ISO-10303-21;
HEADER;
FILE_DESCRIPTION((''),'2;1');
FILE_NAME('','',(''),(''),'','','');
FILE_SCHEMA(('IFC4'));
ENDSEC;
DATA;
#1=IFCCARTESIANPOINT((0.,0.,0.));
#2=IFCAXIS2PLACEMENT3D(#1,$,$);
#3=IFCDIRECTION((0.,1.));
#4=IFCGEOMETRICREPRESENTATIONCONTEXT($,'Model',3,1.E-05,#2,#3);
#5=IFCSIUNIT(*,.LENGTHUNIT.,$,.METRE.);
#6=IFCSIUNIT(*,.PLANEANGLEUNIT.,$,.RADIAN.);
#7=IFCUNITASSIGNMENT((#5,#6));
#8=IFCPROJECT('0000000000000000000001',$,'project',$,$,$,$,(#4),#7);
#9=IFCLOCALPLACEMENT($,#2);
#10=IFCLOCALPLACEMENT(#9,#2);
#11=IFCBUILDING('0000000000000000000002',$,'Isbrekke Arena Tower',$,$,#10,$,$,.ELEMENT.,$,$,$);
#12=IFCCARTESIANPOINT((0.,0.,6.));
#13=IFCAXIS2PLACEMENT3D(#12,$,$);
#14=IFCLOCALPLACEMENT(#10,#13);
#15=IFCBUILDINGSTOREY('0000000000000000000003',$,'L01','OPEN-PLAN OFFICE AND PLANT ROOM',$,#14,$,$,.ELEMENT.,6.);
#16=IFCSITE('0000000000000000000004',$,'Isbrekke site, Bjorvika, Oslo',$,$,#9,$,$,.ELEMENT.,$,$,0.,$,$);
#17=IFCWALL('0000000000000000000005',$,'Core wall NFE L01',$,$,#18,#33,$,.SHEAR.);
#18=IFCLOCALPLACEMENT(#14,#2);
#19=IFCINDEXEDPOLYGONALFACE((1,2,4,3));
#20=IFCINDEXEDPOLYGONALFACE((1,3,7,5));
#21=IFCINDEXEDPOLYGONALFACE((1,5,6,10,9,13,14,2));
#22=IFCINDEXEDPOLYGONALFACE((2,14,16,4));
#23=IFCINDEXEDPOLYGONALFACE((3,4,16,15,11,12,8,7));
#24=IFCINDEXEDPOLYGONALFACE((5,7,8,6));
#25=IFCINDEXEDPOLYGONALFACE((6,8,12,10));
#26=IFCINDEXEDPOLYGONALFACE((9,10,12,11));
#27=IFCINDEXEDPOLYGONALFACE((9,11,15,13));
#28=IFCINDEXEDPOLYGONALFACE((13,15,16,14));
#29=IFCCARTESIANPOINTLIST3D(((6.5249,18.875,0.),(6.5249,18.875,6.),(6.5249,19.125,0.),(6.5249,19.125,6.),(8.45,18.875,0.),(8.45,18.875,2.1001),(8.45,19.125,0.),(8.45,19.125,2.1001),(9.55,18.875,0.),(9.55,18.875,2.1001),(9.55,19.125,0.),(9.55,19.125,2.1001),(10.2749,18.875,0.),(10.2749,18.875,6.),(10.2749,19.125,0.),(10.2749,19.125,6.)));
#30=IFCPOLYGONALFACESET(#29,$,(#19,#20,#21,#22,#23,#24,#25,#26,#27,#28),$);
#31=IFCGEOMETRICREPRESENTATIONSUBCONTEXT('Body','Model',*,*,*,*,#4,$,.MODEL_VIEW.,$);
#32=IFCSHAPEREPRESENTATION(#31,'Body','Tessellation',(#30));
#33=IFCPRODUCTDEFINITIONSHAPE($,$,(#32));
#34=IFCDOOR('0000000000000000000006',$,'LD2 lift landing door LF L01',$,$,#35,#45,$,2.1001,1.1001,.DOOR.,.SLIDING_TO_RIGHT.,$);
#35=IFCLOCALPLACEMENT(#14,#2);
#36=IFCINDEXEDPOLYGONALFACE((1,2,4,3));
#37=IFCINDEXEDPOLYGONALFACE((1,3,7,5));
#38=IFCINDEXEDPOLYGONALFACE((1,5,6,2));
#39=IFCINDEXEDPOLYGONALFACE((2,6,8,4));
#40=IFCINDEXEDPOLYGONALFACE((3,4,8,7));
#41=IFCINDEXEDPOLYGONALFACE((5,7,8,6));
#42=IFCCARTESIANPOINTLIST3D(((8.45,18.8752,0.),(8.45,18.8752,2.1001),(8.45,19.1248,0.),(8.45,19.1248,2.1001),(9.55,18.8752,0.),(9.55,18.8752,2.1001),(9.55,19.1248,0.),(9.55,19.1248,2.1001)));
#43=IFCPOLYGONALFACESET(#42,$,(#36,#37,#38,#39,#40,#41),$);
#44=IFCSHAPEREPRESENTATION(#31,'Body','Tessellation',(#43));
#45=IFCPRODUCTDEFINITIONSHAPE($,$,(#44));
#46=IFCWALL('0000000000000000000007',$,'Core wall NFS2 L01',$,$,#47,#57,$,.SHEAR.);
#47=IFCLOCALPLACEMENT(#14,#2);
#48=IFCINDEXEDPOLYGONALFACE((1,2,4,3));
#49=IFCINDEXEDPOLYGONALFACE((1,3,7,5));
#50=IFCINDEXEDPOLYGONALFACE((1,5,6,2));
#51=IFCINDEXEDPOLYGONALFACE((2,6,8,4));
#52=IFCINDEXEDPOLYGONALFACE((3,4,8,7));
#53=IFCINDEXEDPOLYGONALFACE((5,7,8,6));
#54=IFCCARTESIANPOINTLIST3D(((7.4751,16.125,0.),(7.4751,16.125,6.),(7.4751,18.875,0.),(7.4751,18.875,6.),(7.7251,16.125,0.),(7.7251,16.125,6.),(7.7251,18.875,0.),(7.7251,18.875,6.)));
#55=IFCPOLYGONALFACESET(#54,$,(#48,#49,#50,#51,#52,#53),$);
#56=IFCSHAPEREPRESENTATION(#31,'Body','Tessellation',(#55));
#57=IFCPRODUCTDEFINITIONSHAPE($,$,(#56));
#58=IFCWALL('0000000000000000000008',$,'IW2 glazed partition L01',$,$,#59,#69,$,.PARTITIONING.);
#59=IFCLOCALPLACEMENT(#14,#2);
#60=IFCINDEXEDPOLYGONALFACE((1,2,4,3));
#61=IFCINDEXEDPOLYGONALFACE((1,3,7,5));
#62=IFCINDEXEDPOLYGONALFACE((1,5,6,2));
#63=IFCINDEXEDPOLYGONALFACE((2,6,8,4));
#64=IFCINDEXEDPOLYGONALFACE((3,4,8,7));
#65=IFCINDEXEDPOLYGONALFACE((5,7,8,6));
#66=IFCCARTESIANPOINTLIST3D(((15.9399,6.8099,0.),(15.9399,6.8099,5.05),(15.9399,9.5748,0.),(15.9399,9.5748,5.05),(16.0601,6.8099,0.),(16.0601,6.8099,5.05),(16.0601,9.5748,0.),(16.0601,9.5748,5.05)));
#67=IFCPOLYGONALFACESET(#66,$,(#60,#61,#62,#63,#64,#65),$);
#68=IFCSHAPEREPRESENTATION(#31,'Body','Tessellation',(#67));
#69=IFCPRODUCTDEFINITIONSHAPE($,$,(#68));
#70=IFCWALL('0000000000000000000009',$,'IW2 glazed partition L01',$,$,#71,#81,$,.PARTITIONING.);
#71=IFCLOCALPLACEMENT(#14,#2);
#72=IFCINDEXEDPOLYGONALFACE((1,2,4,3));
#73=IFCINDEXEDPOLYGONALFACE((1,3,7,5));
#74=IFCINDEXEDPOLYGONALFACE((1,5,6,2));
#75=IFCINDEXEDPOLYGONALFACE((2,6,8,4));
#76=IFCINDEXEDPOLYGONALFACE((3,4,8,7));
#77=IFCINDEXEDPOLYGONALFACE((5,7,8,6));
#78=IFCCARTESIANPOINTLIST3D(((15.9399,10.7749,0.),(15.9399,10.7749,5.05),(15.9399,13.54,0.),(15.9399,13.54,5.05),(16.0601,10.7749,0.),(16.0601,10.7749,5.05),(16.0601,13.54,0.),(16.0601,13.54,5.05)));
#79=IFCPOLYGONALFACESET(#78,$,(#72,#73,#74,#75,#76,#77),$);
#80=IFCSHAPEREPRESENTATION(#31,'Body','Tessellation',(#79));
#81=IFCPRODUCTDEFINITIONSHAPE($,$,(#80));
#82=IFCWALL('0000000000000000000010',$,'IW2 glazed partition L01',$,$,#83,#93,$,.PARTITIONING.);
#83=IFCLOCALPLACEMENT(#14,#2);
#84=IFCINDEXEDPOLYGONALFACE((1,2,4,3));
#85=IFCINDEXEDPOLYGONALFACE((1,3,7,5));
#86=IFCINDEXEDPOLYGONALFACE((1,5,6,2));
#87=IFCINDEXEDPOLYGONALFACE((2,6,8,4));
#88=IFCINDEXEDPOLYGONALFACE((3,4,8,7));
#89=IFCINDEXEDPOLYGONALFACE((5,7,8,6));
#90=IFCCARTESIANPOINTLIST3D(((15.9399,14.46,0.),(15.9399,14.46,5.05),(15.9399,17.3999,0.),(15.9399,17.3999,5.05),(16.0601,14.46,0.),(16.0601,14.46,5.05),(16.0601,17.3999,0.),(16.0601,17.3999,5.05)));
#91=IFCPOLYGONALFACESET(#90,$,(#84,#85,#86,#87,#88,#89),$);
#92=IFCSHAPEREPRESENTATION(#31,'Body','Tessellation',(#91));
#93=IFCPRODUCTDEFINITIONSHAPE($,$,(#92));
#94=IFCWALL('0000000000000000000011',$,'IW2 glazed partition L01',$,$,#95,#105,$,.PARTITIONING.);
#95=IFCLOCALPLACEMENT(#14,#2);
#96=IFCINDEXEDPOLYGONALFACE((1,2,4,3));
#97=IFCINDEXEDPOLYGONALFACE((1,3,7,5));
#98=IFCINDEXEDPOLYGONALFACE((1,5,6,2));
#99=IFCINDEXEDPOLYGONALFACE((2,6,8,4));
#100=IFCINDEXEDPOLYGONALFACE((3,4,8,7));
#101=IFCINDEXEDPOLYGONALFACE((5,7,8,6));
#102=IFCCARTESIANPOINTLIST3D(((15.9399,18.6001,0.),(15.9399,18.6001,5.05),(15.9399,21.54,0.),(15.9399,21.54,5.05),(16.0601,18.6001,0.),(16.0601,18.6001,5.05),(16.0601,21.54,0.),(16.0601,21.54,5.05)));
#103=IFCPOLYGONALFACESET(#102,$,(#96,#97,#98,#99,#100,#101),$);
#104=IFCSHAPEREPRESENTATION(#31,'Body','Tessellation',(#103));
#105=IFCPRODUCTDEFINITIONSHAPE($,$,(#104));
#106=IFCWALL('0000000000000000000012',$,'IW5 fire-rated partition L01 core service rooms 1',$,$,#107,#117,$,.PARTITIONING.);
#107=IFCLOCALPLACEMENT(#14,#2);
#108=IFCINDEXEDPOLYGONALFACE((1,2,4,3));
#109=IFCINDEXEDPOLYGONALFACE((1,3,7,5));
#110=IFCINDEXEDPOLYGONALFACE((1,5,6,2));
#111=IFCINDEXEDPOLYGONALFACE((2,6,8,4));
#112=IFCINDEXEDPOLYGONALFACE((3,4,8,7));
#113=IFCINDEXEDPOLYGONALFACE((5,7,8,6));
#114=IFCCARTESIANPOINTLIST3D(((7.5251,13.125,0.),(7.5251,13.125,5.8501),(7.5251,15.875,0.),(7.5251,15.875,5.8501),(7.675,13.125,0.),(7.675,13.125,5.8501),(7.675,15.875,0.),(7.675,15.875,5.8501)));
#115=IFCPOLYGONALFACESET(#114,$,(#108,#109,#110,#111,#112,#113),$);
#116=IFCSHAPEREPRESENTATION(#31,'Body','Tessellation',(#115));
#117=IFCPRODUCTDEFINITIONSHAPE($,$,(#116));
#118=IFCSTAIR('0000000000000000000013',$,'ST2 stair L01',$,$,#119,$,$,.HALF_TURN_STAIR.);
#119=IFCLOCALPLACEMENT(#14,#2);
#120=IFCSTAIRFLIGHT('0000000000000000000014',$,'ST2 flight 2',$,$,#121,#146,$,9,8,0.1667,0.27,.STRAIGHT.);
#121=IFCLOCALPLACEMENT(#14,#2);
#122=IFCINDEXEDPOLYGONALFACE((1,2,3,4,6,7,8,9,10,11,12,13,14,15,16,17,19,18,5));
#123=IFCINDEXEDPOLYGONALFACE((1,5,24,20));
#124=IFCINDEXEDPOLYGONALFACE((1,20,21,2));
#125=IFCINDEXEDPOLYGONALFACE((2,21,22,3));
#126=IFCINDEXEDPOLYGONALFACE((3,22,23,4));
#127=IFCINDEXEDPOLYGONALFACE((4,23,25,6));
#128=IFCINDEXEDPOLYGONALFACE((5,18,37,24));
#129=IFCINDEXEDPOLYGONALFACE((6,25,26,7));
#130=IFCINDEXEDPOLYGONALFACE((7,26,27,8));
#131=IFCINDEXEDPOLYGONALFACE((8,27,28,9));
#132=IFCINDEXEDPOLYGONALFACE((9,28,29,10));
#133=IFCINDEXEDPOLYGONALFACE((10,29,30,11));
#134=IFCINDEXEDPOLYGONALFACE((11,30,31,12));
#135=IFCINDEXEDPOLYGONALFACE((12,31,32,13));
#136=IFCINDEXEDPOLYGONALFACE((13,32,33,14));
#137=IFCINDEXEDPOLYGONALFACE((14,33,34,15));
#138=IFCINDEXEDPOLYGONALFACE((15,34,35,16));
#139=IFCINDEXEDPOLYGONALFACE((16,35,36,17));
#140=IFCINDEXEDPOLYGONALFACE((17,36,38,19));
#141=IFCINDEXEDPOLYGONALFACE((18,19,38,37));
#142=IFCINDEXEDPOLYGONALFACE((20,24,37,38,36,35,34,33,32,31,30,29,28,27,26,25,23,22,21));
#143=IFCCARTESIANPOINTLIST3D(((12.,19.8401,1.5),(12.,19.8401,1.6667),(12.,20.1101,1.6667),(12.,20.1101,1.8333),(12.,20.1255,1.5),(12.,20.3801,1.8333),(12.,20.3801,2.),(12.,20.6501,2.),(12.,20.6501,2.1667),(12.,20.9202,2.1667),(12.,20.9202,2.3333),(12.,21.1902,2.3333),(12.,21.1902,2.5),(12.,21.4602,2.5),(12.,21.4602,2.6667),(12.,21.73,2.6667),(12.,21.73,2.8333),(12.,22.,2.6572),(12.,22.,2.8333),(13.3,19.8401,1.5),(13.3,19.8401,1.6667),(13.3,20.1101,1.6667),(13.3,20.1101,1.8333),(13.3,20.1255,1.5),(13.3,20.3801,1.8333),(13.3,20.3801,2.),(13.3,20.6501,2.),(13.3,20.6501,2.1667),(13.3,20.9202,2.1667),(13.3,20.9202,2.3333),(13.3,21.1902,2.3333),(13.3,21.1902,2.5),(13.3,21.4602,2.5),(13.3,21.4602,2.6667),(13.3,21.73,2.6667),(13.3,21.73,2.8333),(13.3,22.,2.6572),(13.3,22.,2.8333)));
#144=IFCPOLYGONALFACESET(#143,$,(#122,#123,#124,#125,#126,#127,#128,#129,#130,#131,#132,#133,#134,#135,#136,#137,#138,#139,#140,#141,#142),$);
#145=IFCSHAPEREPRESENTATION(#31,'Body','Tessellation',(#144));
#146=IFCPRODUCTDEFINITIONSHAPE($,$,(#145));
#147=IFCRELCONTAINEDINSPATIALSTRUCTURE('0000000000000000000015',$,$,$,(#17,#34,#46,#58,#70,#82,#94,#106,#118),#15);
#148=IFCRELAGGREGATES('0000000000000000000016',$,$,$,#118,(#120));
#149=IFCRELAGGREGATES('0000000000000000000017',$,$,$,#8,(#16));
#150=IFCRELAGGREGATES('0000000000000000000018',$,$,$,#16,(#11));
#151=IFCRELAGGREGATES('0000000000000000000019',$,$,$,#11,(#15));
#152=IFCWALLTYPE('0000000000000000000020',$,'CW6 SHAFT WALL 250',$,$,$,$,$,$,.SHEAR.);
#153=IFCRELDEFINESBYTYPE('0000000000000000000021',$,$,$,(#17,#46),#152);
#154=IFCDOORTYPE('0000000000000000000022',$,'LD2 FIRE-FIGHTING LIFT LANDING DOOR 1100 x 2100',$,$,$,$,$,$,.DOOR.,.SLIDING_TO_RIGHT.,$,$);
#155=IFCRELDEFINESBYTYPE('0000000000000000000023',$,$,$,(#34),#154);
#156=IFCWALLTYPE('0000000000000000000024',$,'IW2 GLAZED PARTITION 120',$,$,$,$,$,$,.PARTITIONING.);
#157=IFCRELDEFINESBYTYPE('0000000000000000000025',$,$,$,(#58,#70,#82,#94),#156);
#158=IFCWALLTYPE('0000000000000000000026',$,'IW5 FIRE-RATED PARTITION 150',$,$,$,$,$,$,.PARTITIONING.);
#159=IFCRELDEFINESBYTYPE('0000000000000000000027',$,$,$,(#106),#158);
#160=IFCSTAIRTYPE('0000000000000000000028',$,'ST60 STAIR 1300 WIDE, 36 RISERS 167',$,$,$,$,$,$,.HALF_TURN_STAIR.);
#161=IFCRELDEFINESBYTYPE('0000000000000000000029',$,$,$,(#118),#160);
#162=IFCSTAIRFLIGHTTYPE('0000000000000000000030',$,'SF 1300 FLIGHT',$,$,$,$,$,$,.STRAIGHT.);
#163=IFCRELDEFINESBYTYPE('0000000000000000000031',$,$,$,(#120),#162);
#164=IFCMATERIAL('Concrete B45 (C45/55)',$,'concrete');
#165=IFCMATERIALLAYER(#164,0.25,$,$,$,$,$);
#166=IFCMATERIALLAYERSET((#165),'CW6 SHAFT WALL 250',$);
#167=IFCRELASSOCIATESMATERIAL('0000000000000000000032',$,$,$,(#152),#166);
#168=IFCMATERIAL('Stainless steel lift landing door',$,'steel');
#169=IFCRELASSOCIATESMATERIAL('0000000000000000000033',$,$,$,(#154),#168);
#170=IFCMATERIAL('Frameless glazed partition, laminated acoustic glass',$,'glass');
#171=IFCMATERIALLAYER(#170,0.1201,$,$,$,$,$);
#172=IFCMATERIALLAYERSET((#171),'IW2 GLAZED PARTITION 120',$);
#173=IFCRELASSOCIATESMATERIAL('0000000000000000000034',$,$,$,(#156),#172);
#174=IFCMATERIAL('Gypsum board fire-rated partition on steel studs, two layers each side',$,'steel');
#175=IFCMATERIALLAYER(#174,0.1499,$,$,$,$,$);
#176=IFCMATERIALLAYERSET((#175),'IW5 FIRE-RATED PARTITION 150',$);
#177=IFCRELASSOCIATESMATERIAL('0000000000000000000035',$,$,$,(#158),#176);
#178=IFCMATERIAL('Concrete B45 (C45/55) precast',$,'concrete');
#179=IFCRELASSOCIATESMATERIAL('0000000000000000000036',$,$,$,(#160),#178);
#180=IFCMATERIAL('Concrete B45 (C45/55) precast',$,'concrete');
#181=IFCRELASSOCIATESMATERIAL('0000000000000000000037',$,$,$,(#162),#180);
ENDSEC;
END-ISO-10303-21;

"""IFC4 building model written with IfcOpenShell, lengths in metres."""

from ifc_helpers import new_model, si_unit, direction, frame, frame_2d, origin, place, context, subcontext, project, spatial, polyline, rectangle, outline, extrude, material, layer, layer_set, type_object, element, fill, aggregate, save


model = new_model("IFC4")

# Units and contexts
model_context = context("Model", 3, precision=1e-05, world=origin(), true_north=direction((0.0, 1.0)))
body_context = subcontext(model_context, "Body", "Model", "MODEL_VIEW")
ifc_project = project(units=[si_unit("LENGTHUNIT", "METRE"), si_unit("PLANEANGLEUNIT", "RADIAN")], contexts=[model_context])

# Site, building, storey
site_placement = place(None, origin())
site = spatial("IfcSite", under=ifc_project, at=site_placement, Name="Isbrekke site, Bjorvika, Oslo", CompositionType="ELEMENT", RefElevation=0.0)
building_placement = place(site_placement, origin())
building = spatial("IfcBuilding", under=site, at=building_placement, Name="Isbrekke Arena Tower", CompositionType="ELEMENT")
storey_placement = place(building_placement, frame((0.0, 0.0, 6.0)))
storey = spatial("IfcBuildingStorey", under=building, at=storey_placement, Name="L01", Description="OPEN-PLAN OFFICE AND PLANT ROOM", CompositionType="ELEMENT", Elevation=6.0)

# Shared definitions
ifc_material_1 = material(Name="Concrete B45 (C45/55)", Category="concrete")
ifc_layer_1 = layer(ifc_material_1, 0.25)
ifc_layer_set_1 = layer_set([ifc_layer_1], Name="CW6 SHAFT WALL 250")
wall_type_1 = type_object("IfcWallType", Name="CW6 SHAFT WALL 250", PredefinedType="SHEAR", material=ifc_layer_set_1)

# Wall, opening, door
wall_1_placement = place(storey_placement, frame((6.5249, 19.0, 0.0), z_axis=(0.0, 0.0, 1.0), x_axis=(1.0, 0.0, 0.0)))
wall_1 = element("IfcWall", 1, at=wall_1_placement, inside=storey, type_object=wall_type_1, Name="Core wall NFE L01", PredefinedType="SHEAR", context=body_context, shape_type="SweptSolid", body=[
    extrude(rectangle(XDim=3.75, YDim=0.25, at=frame_2d((1.875, 0.0))), origin(), (0.0, 0.0, 1.0), 6.0),
])
opening_1_placement = place(wall_1_placement, frame((1.925, 0.0, 0.0)))
opening_1 = element("IfcOpeningElement", 2, at=opening_1_placement, cuts=wall_1, PredefinedType="OPENING", context=body_context, shape_type="SweptSolid", body=[
    extrude(rectangle(XDim=1.1001, YDim=2.1001, at=frame_2d((0.55, 1.05))), frame((0.0, 0.1399, 0.0), z_axis=(0.0, -1.0, 0.0), x_axis=(1.0, 0.0, 0.0)), (0.0, 0.0, 1.0), 0.2798),
])
ifc_material_2 = material(Name="Stainless steel lift landing door", Category="steel")
door_type_1 = type_object("IfcDoorType", Name="LD2 FIRE-FIGHTING LIFT LANDING DOOR 1100 x 2100", OperationType="SLIDING_TO_RIGHT", PredefinedType="DOOR", material=ifc_material_2)
door_1_placement = place(opening_1_placement, origin())
door_1 = element("IfcDoor", 3, at=door_1_placement, inside=storey, type_object=door_type_1, Name="LD2 lift landing door LF L01", OperationType="SLIDING_TO_RIGHT", OverallHeight=2.1001, OverallWidth=1.1001, PredefinedType="DOOR", context=body_context, shape_type="SweptSolid", body=[
    extrude(rectangle(XDim=1.1001, YDim=2.1001, at=frame_2d((0.55, 1.05))), frame((0.0, 0.1248, 0.0), z_axis=(0.0, -1.0, 0.0), x_axis=(1.0, 0.0, 0.0)), (0.0, 0.0, 1.0), 0.2495),
])
fill(opening_1, door_1)

# Walls
wall_2_placement = place(storey_placement, frame((7.6001, 16.125, 0.0), z_axis=(0.0, 0.0, 1.0), x_axis=(0.0, 1.0, 0.0)))
element("IfcWall", 4, at=wall_2_placement, inside=storey, type_object=wall_type_1, Name="Core wall NFS2 L01", PredefinedType="SHEAR", context=body_context, shape_type="SweptSolid", body=[
    extrude(rectangle(XDim=2.75, YDim=0.25, at=frame_2d((1.375, 0.0))), origin(), (0.0, 0.0, 1.0), 6.0),
])
ifc_material_3 = material(Name="Frameless glazed partition, laminated acoustic glass", Category="glass")
ifc_layer_2 = layer(ifc_material_3, 0.1201)
ifc_layer_set_2 = layer_set([ifc_layer_2], Name="IW2 GLAZED PARTITION 120")
wall_type_2 = type_object("IfcWallType", Name="IW2 GLAZED PARTITION 120", PredefinedType="PARTITIONING", material=ifc_layer_set_2)
wall_3_placement = place(storey_placement, frame((16.0, 6.8101, 0.0), z_axis=(0.0, 0.0, 1.0), x_axis=(0.0, 1.0, 0.0)))
element("IfcWall", 5, at=wall_3_placement, inside=storey, type_object=wall_type_2, Name="IW2 glazed partition L01", PredefinedType="PARTITIONING", context=body_context, shape_type="SweptSolid", body=[
    extrude(rectangle(XDim=2.7649, YDim=0.1201, at=frame_2d((1.3823, 0.0))), origin(), (0.0, 0.0, 1.0), 5.05),
])
wall_4_placement = place(storey_placement, frame((16.0, 10.7749, 0.0), z_axis=(0.0, 0.0, 1.0), x_axis=(0.0, 1.0, 0.0)))
element("IfcWall", 6, at=wall_4_placement, inside=storey, type_object=wall_type_2, Name="IW2 glazed partition L01", PredefinedType="PARTITIONING", context=body_context, shape_type="SweptSolid", body=[
    extrude(rectangle(XDim=2.7651, YDim=0.1201, at=frame_2d((1.3826, 0.0))), origin(), (0.0, 0.0, 1.0), 5.05),
])
for number, where, z_axis, x_axis, name in (
    (7, (16.0, 14.46, 0.0), (0.0, 0.0, 1.0), (0.0, 1.0, 0.0), "IW2 glazed partition L01"),
    (8, (16.0, 18.6001, 0.0), (0.0, 0.0, 1.0), (0.0, 1.0, 0.0), "IW2 glazed partition L01"),
):
    element("IfcWall", number, at=place(storey_placement, frame(where, z_axis=z_axis, x_axis=x_axis)), inside=storey, type_object=wall_type_2, Name=name, PredefinedType="PARTITIONING", context=body_context, shape_type="SweptSolid", body=[
        extrude(rectangle(XDim=2.9399, YDim=0.1201, at=frame_2d((1.47, 0.0))), origin(), (0.0, 0.0, 1.0), 5.05),
    ])
ifc_material_4 = material(Name="Gypsum board fire-rated partition on steel studs, two layers each side", Category="steel")
ifc_layer_3 = layer(ifc_material_4, 0.1499)
ifc_layer_set_3 = layer_set([ifc_layer_3], Name="IW5 FIRE-RATED PARTITION 150")
wall_type_3 = type_object("IfcWallType", Name="IW5 FIRE-RATED PARTITION 150", PredefinedType="PARTITIONING", material=ifc_layer_set_3)
wall_5_placement = place(storey_placement, frame((7.6001, 13.125, 0.0), z_axis=(0.0, 0.0, 1.0), x_axis=(0.0, 1.0, 0.0)))
element("IfcWall", 9, at=wall_5_placement, inside=storey, type_object=wall_type_3, Name="IW5 fire-rated partition L01 core service rooms 1", PredefinedType="PARTITIONING", context=body_context, shape_type="SweptSolid", body=[
    extrude(rectangle(XDim=2.75, YDim=0.1499, at=frame_2d((1.375, 0.0))), origin(), (0.0, 0.0, 1.0), 5.8501),
])

# Stair, stair flight
ifc_material_5 = material(Name="Concrete B45 (C45/55) precast", Category="concrete")
stair_type = type_object("IfcStairType", Name="ST60 STAIR 1300 WIDE, 36 RISERS 167", PredefinedType="HALF_TURN_STAIR", material=ifc_material_5)
stair_placement = place(storey_placement, origin())
stair = element("IfcStair", 10, at=stair_placement, inside=storey, type_object=stair_type, Name="ST2 stair L01", PredefinedType="HALF_TURN_STAIR")
ifc_material_6 = material(Name="Concrete B45 (C45/55) precast", Category="concrete")
stair_flight_type = type_object("IfcStairFlightType", Name="SF 1300 FLIGHT", PredefinedType="STRAIGHT", material=ifc_material_6)
stair_flight_placement = place(storey_placement, frame((12.6499, 19.8401, 1.5), z_axis=(0.0, 0.0, 1.0), x_axis=(0.0, 1.0, 0.0)))
stair_flight = element("IfcStairFlight", 11, at=stair_flight_placement, type_object=stair_flight_type, Name="ST2 flight 2", NumberOfRisers=9, NumberOfTreads=8, PredefinedType="STRAIGHT", RiserHeight=0.1667, TreadLength=0.27, context=body_context, shape_type="SweptSolid", body=[
    extrude(outline(polyline([(0.0, 0.0), (0.0, 0.1667), (0.27, 0.1667), (0.27, 0.3333), (0.54, 0.3333), (0.54, 0.5), (0.8101, 0.5), (0.8101, 0.6667), (1.0801, 0.6667), (1.0801, 0.8333), (1.3501, 0.8333), (1.3501, 1.0), (1.6201, 1.0), (1.6201, 1.1667), (1.8899, 1.1667), (1.8899, 1.3333), (2.1599, 1.3333), (2.1599, 1.5), (2.1599, 1.1572), (0.2854, 0.0), (0.0, 0.0)])), frame((0.0, 0.6499, 0.0), z_axis=(0.0, -1.0, 0.0), x_axis=(1.0, 0.0, 0.0)), (0.0, 0.0, 1.0), 1.3),
])
aggregate(stair, [stair_flight])

save(model, "model.ifc")
